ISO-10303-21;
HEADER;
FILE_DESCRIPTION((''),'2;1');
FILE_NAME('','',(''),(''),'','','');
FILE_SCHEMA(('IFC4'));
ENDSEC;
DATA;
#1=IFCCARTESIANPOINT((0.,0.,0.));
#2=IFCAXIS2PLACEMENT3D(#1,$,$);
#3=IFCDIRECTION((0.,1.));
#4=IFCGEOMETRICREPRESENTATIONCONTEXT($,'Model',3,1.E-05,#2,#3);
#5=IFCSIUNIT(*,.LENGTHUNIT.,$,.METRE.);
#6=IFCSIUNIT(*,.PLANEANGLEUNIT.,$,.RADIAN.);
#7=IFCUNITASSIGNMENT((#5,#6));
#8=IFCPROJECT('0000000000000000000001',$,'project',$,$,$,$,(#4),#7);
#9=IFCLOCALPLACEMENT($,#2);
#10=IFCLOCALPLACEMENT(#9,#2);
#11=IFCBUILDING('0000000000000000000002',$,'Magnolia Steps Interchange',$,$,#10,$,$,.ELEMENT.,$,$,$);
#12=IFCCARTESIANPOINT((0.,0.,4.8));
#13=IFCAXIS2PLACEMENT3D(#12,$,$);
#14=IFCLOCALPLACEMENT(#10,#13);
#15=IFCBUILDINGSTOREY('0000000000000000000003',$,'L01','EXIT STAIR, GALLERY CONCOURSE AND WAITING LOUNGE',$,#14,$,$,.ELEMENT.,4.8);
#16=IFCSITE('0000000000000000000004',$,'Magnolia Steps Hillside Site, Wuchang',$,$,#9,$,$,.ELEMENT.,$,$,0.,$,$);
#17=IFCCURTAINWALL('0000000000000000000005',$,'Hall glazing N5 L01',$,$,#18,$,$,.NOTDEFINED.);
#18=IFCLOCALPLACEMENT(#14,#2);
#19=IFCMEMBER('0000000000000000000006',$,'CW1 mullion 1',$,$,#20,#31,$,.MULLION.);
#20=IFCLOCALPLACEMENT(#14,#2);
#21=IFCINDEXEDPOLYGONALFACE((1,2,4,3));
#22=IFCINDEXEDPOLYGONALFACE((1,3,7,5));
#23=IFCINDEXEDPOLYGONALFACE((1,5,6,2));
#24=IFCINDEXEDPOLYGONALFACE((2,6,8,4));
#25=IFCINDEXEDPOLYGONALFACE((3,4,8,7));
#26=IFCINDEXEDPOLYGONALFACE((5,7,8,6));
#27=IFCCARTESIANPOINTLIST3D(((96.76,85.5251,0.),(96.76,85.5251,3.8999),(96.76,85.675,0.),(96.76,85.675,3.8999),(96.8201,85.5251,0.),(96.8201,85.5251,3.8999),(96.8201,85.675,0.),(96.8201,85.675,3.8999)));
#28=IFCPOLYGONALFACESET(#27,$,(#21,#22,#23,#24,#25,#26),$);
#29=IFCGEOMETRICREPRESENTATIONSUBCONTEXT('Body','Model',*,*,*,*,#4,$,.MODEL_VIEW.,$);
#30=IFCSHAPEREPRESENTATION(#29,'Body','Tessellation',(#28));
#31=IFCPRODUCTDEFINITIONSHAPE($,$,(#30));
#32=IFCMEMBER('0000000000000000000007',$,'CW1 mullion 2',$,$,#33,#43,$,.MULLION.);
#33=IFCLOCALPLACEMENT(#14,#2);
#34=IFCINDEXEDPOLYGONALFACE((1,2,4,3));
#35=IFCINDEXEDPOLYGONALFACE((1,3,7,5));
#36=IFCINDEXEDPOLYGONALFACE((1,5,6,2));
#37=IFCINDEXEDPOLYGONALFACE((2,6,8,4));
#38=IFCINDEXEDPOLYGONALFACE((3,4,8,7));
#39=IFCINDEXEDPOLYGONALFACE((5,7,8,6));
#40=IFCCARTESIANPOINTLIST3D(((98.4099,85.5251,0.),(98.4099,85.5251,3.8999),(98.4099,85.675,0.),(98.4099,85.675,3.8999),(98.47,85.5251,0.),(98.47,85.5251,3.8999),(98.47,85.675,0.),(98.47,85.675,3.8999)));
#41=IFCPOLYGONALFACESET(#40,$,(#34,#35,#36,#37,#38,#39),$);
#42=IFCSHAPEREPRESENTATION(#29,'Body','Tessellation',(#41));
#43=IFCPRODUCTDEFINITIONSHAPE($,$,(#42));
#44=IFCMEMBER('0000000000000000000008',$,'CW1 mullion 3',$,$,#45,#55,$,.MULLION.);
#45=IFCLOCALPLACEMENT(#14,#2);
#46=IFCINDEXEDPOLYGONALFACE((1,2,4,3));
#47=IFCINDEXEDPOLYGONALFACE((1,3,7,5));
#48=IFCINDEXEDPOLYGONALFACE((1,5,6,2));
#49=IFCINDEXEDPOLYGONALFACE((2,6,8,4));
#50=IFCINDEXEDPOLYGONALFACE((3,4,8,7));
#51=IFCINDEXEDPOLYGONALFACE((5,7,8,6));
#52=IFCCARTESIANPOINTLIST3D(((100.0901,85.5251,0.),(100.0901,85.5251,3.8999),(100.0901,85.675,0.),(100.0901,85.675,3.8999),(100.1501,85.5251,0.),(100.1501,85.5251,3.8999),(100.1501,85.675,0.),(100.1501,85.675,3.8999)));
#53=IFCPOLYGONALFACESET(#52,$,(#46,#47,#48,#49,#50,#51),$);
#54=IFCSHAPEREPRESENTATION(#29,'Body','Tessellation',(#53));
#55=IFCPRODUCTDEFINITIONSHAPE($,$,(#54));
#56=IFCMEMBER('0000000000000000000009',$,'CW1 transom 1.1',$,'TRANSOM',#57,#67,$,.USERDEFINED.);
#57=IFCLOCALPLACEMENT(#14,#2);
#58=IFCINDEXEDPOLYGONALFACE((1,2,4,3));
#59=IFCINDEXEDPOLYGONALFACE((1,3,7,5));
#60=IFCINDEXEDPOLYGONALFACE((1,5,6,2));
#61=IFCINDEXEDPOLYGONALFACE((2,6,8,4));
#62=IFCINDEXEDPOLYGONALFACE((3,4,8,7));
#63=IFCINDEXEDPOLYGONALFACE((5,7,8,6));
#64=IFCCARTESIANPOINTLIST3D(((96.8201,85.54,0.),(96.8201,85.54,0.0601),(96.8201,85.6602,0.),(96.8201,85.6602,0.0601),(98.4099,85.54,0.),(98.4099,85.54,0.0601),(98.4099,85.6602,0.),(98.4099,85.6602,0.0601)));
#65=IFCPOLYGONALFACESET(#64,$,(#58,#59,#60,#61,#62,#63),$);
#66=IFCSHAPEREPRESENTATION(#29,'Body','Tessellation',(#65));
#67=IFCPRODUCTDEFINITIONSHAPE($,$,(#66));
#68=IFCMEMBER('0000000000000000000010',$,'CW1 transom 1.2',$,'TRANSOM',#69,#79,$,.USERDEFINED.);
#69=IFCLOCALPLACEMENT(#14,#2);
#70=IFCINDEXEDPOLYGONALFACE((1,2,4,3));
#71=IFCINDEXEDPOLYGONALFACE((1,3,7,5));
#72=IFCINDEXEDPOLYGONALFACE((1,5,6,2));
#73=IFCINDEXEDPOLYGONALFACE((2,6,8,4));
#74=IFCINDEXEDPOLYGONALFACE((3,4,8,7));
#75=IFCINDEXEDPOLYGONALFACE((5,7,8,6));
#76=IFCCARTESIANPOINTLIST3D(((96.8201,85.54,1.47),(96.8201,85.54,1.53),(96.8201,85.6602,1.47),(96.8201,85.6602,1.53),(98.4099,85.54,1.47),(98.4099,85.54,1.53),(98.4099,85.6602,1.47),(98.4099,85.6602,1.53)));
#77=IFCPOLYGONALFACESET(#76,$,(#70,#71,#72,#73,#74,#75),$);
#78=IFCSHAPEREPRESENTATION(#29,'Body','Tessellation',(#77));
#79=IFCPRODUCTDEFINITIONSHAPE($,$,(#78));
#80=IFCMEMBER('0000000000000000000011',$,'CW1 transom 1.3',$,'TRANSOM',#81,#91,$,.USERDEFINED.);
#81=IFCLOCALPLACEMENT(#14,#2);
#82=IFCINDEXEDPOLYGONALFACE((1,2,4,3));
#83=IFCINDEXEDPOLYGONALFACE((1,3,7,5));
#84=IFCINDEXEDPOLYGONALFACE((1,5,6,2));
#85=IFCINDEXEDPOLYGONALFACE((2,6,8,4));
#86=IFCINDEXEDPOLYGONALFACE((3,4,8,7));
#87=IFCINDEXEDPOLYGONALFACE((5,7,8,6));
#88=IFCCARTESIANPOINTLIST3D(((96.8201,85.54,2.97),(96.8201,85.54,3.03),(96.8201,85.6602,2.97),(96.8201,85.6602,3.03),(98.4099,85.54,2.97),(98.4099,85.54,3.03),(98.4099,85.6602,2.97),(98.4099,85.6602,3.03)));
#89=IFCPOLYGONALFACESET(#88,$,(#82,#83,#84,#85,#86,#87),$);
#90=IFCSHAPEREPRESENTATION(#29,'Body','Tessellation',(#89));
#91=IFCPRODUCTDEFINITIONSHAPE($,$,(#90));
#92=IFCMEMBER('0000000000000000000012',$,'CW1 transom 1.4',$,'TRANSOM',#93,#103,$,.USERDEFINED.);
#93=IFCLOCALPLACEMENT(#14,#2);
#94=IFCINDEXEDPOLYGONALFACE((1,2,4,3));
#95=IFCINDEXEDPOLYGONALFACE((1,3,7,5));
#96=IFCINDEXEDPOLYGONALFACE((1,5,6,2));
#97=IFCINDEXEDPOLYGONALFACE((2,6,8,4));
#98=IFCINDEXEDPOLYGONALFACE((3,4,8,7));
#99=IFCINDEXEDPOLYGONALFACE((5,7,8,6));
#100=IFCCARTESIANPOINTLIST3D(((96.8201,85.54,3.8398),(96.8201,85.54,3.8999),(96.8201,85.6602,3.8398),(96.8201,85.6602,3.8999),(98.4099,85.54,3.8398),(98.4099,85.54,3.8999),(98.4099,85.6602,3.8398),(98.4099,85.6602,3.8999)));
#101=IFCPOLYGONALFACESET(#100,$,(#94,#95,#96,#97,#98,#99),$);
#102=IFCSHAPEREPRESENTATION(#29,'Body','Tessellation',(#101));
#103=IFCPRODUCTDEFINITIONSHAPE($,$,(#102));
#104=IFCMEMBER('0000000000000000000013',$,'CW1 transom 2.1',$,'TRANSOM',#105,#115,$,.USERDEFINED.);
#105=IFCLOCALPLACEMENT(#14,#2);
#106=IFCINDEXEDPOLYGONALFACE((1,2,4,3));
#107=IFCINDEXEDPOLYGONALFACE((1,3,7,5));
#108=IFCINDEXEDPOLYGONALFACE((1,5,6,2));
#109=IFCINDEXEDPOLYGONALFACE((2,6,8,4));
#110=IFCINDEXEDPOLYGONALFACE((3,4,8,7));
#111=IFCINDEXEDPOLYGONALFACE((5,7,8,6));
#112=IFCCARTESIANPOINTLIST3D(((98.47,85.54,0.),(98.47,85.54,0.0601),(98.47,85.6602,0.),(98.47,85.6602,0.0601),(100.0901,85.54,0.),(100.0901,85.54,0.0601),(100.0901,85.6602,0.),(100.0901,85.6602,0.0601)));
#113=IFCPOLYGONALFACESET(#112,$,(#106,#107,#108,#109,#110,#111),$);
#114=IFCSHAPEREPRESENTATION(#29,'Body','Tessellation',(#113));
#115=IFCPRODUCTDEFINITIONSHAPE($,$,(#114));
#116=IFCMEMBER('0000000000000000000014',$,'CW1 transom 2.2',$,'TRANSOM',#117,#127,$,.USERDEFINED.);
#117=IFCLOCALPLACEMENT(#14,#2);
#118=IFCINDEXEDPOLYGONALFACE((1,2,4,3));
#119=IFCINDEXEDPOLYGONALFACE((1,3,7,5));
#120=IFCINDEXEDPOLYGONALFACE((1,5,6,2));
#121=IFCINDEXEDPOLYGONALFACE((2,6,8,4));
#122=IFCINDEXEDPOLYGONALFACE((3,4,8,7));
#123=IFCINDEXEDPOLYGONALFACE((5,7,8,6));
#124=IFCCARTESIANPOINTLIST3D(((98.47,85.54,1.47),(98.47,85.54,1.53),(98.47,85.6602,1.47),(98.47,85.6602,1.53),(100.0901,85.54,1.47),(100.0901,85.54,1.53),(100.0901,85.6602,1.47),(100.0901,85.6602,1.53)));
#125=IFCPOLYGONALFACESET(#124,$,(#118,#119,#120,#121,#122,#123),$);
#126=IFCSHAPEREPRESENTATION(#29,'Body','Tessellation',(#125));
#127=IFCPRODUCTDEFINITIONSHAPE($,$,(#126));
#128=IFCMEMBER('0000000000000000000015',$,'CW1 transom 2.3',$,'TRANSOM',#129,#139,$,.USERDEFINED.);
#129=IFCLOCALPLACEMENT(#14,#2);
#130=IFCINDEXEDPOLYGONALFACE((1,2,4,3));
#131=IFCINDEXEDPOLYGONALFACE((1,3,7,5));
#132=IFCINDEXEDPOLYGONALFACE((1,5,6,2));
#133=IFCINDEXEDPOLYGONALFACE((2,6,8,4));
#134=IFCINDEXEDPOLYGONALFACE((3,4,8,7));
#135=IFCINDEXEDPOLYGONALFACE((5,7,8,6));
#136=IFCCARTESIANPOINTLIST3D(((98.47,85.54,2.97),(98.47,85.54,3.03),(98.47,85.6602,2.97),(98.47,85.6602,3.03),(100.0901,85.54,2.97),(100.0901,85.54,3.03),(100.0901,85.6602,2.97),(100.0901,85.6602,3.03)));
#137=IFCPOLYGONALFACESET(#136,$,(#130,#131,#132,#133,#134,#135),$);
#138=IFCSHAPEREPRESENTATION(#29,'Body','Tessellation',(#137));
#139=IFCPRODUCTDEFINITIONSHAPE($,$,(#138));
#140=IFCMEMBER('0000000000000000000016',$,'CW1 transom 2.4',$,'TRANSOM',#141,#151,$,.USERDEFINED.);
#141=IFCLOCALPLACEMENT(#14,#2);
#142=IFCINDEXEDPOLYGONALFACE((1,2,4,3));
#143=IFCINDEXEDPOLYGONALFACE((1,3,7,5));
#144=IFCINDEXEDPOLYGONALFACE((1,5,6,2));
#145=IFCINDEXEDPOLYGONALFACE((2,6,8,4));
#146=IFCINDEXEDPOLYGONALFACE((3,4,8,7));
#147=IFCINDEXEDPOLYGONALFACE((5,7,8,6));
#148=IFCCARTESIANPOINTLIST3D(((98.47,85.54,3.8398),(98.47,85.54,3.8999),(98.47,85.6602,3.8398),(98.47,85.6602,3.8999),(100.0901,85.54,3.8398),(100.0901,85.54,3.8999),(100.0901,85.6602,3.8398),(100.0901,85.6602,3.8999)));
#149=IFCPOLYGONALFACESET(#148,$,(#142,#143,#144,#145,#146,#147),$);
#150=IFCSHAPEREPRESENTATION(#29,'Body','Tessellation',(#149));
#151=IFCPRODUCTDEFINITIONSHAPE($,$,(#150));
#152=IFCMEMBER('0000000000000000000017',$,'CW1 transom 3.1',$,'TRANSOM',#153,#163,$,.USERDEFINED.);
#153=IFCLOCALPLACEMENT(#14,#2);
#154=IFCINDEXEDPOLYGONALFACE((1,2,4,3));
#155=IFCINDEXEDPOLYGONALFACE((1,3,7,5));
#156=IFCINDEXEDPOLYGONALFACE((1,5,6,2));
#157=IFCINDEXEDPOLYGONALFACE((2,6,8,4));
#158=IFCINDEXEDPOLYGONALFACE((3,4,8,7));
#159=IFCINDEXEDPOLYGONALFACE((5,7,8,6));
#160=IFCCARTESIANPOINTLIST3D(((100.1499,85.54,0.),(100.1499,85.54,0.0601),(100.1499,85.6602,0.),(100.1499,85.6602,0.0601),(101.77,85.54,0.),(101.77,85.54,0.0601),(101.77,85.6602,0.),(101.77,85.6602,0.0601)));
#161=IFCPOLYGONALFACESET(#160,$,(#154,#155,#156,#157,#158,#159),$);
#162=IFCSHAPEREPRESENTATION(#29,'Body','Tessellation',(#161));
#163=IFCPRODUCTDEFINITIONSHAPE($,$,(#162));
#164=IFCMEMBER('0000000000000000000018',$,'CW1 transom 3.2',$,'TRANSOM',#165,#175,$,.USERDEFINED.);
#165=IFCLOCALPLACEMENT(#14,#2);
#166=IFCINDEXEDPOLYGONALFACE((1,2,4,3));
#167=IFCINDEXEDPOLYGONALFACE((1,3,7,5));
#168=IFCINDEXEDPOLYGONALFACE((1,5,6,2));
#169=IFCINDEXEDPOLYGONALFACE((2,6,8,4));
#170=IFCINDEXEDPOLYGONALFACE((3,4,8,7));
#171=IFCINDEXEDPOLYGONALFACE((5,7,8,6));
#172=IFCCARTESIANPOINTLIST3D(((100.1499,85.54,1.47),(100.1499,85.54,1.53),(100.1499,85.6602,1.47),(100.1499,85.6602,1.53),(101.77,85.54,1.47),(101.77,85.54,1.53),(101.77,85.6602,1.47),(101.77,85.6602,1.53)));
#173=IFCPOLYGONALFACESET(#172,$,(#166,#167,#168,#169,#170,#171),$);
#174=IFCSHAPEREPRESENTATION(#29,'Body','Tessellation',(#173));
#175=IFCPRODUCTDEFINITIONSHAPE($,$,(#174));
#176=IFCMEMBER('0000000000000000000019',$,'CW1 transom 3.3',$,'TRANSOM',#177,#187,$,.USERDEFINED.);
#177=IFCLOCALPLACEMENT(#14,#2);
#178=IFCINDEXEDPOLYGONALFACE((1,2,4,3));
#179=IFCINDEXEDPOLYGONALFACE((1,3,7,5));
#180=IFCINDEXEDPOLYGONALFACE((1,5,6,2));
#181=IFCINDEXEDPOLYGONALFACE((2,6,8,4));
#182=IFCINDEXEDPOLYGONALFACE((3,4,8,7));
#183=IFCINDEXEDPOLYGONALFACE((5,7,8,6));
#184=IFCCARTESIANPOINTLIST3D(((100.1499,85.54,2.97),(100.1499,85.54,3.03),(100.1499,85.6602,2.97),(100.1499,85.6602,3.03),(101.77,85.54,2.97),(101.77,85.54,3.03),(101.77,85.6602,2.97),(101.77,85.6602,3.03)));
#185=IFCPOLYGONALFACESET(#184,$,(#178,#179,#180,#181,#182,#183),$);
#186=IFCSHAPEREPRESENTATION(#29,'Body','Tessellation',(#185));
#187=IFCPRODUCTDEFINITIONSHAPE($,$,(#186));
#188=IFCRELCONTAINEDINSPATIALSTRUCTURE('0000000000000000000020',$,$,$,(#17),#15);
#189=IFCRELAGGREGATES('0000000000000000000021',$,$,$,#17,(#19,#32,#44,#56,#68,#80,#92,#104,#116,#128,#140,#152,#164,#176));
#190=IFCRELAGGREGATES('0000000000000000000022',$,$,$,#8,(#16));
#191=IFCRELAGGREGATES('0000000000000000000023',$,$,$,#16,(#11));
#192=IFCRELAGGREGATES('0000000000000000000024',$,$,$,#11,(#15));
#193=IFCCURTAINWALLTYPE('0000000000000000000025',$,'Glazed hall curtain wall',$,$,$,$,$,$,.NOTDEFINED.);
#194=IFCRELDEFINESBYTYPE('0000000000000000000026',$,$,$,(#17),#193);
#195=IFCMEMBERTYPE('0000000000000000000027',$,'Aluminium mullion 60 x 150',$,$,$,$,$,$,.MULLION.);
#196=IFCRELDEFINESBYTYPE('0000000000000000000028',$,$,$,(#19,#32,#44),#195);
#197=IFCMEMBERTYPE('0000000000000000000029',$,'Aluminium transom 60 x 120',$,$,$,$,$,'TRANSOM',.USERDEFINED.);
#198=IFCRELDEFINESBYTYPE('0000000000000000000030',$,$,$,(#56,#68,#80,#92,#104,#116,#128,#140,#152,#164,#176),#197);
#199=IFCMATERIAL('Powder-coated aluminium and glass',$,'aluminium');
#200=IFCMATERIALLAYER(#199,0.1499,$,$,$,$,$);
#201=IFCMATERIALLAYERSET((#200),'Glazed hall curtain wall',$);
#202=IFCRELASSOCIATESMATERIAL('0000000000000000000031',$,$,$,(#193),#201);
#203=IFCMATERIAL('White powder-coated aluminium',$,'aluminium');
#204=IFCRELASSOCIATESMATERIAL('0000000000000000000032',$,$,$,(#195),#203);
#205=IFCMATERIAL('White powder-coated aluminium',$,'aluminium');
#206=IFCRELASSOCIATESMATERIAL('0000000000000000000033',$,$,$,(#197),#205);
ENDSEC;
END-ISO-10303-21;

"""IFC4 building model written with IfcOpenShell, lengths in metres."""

from ifc_helpers import new_model, si_unit, direction, frame, origin, origin_2d, place, context, subcontext, project, spatial, rectangle, extrude, material, layer, layer_set, material_profile, profile_set, type_object, element, aggregate, save


model = new_model("IFC4")

# Units and contexts
model_context = context("Model", 3, precision=1e-05, world=origin(), true_north=direction((0.0, 1.0)))
body_context = subcontext(model_context, "Body", "Model", "MODEL_VIEW")
ifc_project = project(units=[si_unit("LENGTHUNIT", "METRE"), si_unit("PLANEANGLEUNIT", "RADIAN")], contexts=[model_context])

# Site, building, storey
site_placement = place(None, origin())
site = spatial("IfcSite", under=ifc_project, at=site_placement, Name="Magnolia Steps Hillside Site, Wuchang", CompositionType="ELEMENT", RefElevation=0.0)
building_placement = place(site_placement, origin())
building = spatial("IfcBuilding", under=site, at=building_placement, Name="Magnolia Steps Interchange", CompositionType="ELEMENT")
storey_placement = place(building_placement, frame((0.0, 0.0, 4.8)))
storey = spatial("IfcBuildingStorey", under=building, at=storey_placement, Name="L01", Description="EXIT STAIR, GALLERY CONCOURSE AND WAITING LOUNGE", CompositionType="ELEMENT", Elevation=4.8)

# Curtain wall, members
ifc_material_1 = material(Name="Powder-coated aluminium and glass", Category="aluminium")
ifc_layer_1 = layer(ifc_material_1, 0.1499)
ifc_layer_set_1 = layer_set([ifc_layer_1], Name="Glazed hall curtain wall")
curtain_wall_type = type_object("IfcCurtainWallType", Name="Glazed hall curtain wall", PredefinedType="NOTDEFINED", material=ifc_layer_set_1)
curtain_wall_placement = place(storey_placement, origin())
curtain_wall = element("IfcCurtainWall", 1, at=curtain_wall_placement, inside=storey, type_object=curtain_wall_type, Name="Hall glazing N5 L01", PredefinedType="NOTDEFINED")
ifc_material_2 = material(Name="White powder-coated aluminium", Category="aluminium")
ifc_material_profile_1 = material_profile(ifc_material_2, rectangle(XDim=0.0601, YDim=0.1499, at=origin_2d()), Name="Aluminium mullion 60 x 150")
ifc_profile_set_1 = profile_set([ifc_material_profile_1], Name="White powder-coated aluminium")
member_type_1 = type_object("IfcMemberType", Name="Aluminium mullion 60 x 150", PredefinedType="MULLION", material=ifc_profile_set_1)
member_1_placement = place(storey_placement, frame((96.79, 85.6001, 0.0), z_axis=(0.0, 0.0, 1.0), x_axis=(1.0, 0.0, 0.0)))
member_1 = element("IfcMember", 2, at=member_1_placement, type_object=member_type_1, Name="CW1 mullion 1", PredefinedType="MULLION", context=body_context, shape_type="SweptSolid", body=[
    extrude(rectangle(XDim=0.0601, YDim=0.1499, at=origin_2d()), origin(), (0.0, 0.0, 1.0), 3.8999),
])
member_2_placement = place(storey_placement, frame((98.4399, 85.6001, 0.0), z_axis=(0.0, 0.0, 1.0), x_axis=(1.0, 0.0, 0.0)))
member_2 = element("IfcMember", 3, at=member_2_placement, type_object=member_type_1, Name="CW1 mullion 2", PredefinedType="MULLION", context=body_context, shape_type="SweptSolid", body=[
    extrude(rectangle(XDim=0.0601, YDim=0.1499, at=origin_2d()), origin(), (0.0, 0.0, 1.0), 3.8999),
])
member_3_placement = place(storey_placement, frame((100.1201, 85.6001, 0.0), z_axis=(0.0, 0.0, 1.0), x_axis=(1.0, 0.0, 0.0)))
member_3 = element("IfcMember", 4, at=member_3_placement, type_object=member_type_1, Name="CW1 mullion 3", PredefinedType="MULLION", context=body_context, shape_type="SweptSolid", body=[
    extrude(rectangle(XDim=0.0601, YDim=0.1499, at=origin_2d()), origin(), (0.0, 0.0, 1.0), 3.8999),
])
ifc_material_3 = material(Name="White powder-coated aluminium", Category="aluminium")
ifc_material_profile_2 = material_profile(ifc_material_3, rectangle(XDim=0.0601, YDim=0.1201, at=origin_2d()), Name="Aluminium transom 60 x 120")
ifc_profile_set_2 = profile_set([ifc_material_profile_2], Name="White powder-coated aluminium")
member_type_2 = type_object("IfcMemberType", Name="Aluminium transom 60 x 120", ElementType="TRANSOM", PredefinedType="USERDEFINED", material=ifc_profile_set_2)
member_4_placement = place(storey_placement, frame((96.8201, 85.6001, 0.03), z_axis=(1.0, 0.0, 0.0), x_axis=(0.0, 0.0, 1.0)))
member_4 = element("IfcMember", 5, at=member_4_placement, type_object=member_type_2, Name="CW1 transom 1.1", ObjectType="TRANSOM", PredefinedType="USERDEFINED", context=body_context, shape_type="SweptSolid", body=[
    extrude(rectangle(XDim=0.0601, YDim=0.1201, at=origin_2d()), origin(), (0.0, 0.0, 1.0), 1.5898),
])
member_5_placement = place(storey_placement, frame((96.8201, 85.6001, 1.5), z_axis=(1.0, 0.0, 0.0), x_axis=(0.0, 0.0, 1.0)))
member_5 = element("IfcMember", 6, at=member_5_placement, type_object=member_type_2, Name="CW1 transom 1.2", ObjectType="TRANSOM", PredefinedType="USERDEFINED", context=body_context, shape_type="SweptSolid", body=[
    extrude(rectangle(XDim=0.0601, YDim=0.1201, at=origin_2d()), origin(), (0.0, 0.0, 1.0), 1.5898),
])
member_6_placement = place(storey_placement, frame((96.8201, 85.6001, 3.0), z_axis=(1.0, 0.0, 0.0), x_axis=(0.0, 0.0, 1.0)))
member_6 = element("IfcMember", 7, at=member_6_placement, type_object=member_type_2, Name="CW1 transom 1.3", ObjectType="TRANSOM", PredefinedType="USERDEFINED", context=body_context, shape_type="SweptSolid", body=[
    extrude(rectangle(XDim=0.0601, YDim=0.1201, at=origin_2d()), origin(), (0.0, 0.0, 1.0), 1.5898),
])
member_7_placement = place(storey_placement, frame((96.8201, 85.6001, 3.8699), z_axis=(1.0, 0.0, 0.0), x_axis=(0.0, 0.0, 1.0)))
member_7 = element("IfcMember", 8, at=member_7_placement, type_object=member_type_2, Name="CW1 transom 1.4", ObjectType="TRANSOM", PredefinedType="USERDEFINED", context=body_context, shape_type="SweptSolid", body=[
    extrude(rectangle(XDim=0.0601, YDim=0.1201, at=origin_2d()), origin(), (0.0, 0.0, 1.0), 1.5898),
])
member_8_placement = place(storey_placement, frame((98.47, 85.6001, 0.03), z_axis=(1.0, 0.0, 0.0), x_axis=(0.0, 0.0, 1.0)))
member_8 = element("IfcMember", 9, at=member_8_placement, type_object=member_type_2, Name="CW1 transom 2.1", ObjectType="TRANSOM", PredefinedType="USERDEFINED", context=body_context, shape_type="SweptSolid", body=[
    extrude(rectangle(XDim=0.0601, YDim=0.1201, at=origin_2d()), origin(), (0.0, 0.0, 1.0), 1.6201),
])
member_9_placement = place(storey_placement, frame((98.47, 85.6001, 1.5), z_axis=(1.0, 0.0, 0.0), x_axis=(0.0, 0.0, 1.0)))
member_9 = element("IfcMember", 10, at=member_9_placement, type_object=member_type_2, Name="CW1 transom 2.2", ObjectType="TRANSOM", PredefinedType="USERDEFINED", context=body_context, shape_type="SweptSolid", body=[
    extrude(rectangle(XDim=0.0601, YDim=0.1201, at=origin_2d()), origin(), (0.0, 0.0, 1.0), 1.6201),
])
member_10_placement = place(storey_placement, frame((98.47, 85.6001, 3.0), z_axis=(1.0, 0.0, 0.0), x_axis=(0.0, 0.0, 1.0)))
member_10 = element("IfcMember", 11, at=member_10_placement, type_object=member_type_2, Name="CW1 transom 2.3", ObjectType="TRANSOM", PredefinedType="USERDEFINED", context=body_context, shape_type="SweptSolid", body=[
    extrude(rectangle(XDim=0.0601, YDim=0.1201, at=origin_2d()), origin(), (0.0, 0.0, 1.0), 1.6201),
])
member_11_placement = place(storey_placement, frame((98.47, 85.6001, 3.8699), z_axis=(1.0, 0.0, 0.0), x_axis=(0.0, 0.0, 1.0)))
member_11 = element("IfcMember", 12, at=member_11_placement, type_object=member_type_2, Name="CW1 transom 2.4", ObjectType="TRANSOM", PredefinedType="USERDEFINED", context=body_context, shape_type="SweptSolid", body=[
    extrude(rectangle(XDim=0.0601, YDim=0.1201, at=origin_2d()), origin(), (0.0, 0.0, 1.0), 1.6201),
])
member_12_placement = place(storey_placement, frame((100.1499, 85.6001, 0.03), z_axis=(1.0, 0.0, 0.0), x_axis=(0.0, 0.0, 1.0)))
member_12 = element("IfcMember", 13, at=member_12_placement, type_object=member_type_2, Name="CW1 transom 3.1", ObjectType="TRANSOM", PredefinedType="USERDEFINED", context=body_context, shape_type="SweptSolid", body=[
    extrude(rectangle(XDim=0.0601, YDim=0.1201, at=origin_2d()), origin(), (0.0, 0.0, 1.0), 1.6201),
])
member_13_placement = place(storey_placement, frame((100.1499, 85.6001, 1.5), z_axis=(1.0, 0.0, 0.0), x_axis=(0.0, 0.0, 1.0)))
member_13 = element("IfcMember", 14, at=member_13_placement, type_object=member_type_2, Name="CW1 transom 3.2", ObjectType="TRANSOM", PredefinedType="USERDEFINED", context=body_context, shape_type="SweptSolid", body=[
    extrude(rectangle(XDim=0.0601, YDim=0.1201, at=origin_2d()), origin(), (0.0, 0.0, 1.0), 1.6201),
])
member_14_placement = place(storey_placement, frame((100.1499, 85.6001, 3.0), z_axis=(1.0, 0.0, 0.0), x_axis=(0.0, 0.0, 1.0)))
member_14 = element("IfcMember", 15, at=member_14_placement, type_object=member_type_2, Name="CW1 transom 3.3", ObjectType="TRANSOM", PredefinedType="USERDEFINED", context=body_context, shape_type="SweptSolid", body=[
    extrude(rectangle(XDim=0.0601, YDim=0.1201, at=origin_2d()), origin(), (0.0, 0.0, 1.0), 1.6201),
])
aggregate(curtain_wall, [member_1, member_2, member_3, member_4, member_5, member_6, member_7, member_8, member_9, member_10, member_11, member_12, member_13, member_14])

save(model, "model.ifc")
